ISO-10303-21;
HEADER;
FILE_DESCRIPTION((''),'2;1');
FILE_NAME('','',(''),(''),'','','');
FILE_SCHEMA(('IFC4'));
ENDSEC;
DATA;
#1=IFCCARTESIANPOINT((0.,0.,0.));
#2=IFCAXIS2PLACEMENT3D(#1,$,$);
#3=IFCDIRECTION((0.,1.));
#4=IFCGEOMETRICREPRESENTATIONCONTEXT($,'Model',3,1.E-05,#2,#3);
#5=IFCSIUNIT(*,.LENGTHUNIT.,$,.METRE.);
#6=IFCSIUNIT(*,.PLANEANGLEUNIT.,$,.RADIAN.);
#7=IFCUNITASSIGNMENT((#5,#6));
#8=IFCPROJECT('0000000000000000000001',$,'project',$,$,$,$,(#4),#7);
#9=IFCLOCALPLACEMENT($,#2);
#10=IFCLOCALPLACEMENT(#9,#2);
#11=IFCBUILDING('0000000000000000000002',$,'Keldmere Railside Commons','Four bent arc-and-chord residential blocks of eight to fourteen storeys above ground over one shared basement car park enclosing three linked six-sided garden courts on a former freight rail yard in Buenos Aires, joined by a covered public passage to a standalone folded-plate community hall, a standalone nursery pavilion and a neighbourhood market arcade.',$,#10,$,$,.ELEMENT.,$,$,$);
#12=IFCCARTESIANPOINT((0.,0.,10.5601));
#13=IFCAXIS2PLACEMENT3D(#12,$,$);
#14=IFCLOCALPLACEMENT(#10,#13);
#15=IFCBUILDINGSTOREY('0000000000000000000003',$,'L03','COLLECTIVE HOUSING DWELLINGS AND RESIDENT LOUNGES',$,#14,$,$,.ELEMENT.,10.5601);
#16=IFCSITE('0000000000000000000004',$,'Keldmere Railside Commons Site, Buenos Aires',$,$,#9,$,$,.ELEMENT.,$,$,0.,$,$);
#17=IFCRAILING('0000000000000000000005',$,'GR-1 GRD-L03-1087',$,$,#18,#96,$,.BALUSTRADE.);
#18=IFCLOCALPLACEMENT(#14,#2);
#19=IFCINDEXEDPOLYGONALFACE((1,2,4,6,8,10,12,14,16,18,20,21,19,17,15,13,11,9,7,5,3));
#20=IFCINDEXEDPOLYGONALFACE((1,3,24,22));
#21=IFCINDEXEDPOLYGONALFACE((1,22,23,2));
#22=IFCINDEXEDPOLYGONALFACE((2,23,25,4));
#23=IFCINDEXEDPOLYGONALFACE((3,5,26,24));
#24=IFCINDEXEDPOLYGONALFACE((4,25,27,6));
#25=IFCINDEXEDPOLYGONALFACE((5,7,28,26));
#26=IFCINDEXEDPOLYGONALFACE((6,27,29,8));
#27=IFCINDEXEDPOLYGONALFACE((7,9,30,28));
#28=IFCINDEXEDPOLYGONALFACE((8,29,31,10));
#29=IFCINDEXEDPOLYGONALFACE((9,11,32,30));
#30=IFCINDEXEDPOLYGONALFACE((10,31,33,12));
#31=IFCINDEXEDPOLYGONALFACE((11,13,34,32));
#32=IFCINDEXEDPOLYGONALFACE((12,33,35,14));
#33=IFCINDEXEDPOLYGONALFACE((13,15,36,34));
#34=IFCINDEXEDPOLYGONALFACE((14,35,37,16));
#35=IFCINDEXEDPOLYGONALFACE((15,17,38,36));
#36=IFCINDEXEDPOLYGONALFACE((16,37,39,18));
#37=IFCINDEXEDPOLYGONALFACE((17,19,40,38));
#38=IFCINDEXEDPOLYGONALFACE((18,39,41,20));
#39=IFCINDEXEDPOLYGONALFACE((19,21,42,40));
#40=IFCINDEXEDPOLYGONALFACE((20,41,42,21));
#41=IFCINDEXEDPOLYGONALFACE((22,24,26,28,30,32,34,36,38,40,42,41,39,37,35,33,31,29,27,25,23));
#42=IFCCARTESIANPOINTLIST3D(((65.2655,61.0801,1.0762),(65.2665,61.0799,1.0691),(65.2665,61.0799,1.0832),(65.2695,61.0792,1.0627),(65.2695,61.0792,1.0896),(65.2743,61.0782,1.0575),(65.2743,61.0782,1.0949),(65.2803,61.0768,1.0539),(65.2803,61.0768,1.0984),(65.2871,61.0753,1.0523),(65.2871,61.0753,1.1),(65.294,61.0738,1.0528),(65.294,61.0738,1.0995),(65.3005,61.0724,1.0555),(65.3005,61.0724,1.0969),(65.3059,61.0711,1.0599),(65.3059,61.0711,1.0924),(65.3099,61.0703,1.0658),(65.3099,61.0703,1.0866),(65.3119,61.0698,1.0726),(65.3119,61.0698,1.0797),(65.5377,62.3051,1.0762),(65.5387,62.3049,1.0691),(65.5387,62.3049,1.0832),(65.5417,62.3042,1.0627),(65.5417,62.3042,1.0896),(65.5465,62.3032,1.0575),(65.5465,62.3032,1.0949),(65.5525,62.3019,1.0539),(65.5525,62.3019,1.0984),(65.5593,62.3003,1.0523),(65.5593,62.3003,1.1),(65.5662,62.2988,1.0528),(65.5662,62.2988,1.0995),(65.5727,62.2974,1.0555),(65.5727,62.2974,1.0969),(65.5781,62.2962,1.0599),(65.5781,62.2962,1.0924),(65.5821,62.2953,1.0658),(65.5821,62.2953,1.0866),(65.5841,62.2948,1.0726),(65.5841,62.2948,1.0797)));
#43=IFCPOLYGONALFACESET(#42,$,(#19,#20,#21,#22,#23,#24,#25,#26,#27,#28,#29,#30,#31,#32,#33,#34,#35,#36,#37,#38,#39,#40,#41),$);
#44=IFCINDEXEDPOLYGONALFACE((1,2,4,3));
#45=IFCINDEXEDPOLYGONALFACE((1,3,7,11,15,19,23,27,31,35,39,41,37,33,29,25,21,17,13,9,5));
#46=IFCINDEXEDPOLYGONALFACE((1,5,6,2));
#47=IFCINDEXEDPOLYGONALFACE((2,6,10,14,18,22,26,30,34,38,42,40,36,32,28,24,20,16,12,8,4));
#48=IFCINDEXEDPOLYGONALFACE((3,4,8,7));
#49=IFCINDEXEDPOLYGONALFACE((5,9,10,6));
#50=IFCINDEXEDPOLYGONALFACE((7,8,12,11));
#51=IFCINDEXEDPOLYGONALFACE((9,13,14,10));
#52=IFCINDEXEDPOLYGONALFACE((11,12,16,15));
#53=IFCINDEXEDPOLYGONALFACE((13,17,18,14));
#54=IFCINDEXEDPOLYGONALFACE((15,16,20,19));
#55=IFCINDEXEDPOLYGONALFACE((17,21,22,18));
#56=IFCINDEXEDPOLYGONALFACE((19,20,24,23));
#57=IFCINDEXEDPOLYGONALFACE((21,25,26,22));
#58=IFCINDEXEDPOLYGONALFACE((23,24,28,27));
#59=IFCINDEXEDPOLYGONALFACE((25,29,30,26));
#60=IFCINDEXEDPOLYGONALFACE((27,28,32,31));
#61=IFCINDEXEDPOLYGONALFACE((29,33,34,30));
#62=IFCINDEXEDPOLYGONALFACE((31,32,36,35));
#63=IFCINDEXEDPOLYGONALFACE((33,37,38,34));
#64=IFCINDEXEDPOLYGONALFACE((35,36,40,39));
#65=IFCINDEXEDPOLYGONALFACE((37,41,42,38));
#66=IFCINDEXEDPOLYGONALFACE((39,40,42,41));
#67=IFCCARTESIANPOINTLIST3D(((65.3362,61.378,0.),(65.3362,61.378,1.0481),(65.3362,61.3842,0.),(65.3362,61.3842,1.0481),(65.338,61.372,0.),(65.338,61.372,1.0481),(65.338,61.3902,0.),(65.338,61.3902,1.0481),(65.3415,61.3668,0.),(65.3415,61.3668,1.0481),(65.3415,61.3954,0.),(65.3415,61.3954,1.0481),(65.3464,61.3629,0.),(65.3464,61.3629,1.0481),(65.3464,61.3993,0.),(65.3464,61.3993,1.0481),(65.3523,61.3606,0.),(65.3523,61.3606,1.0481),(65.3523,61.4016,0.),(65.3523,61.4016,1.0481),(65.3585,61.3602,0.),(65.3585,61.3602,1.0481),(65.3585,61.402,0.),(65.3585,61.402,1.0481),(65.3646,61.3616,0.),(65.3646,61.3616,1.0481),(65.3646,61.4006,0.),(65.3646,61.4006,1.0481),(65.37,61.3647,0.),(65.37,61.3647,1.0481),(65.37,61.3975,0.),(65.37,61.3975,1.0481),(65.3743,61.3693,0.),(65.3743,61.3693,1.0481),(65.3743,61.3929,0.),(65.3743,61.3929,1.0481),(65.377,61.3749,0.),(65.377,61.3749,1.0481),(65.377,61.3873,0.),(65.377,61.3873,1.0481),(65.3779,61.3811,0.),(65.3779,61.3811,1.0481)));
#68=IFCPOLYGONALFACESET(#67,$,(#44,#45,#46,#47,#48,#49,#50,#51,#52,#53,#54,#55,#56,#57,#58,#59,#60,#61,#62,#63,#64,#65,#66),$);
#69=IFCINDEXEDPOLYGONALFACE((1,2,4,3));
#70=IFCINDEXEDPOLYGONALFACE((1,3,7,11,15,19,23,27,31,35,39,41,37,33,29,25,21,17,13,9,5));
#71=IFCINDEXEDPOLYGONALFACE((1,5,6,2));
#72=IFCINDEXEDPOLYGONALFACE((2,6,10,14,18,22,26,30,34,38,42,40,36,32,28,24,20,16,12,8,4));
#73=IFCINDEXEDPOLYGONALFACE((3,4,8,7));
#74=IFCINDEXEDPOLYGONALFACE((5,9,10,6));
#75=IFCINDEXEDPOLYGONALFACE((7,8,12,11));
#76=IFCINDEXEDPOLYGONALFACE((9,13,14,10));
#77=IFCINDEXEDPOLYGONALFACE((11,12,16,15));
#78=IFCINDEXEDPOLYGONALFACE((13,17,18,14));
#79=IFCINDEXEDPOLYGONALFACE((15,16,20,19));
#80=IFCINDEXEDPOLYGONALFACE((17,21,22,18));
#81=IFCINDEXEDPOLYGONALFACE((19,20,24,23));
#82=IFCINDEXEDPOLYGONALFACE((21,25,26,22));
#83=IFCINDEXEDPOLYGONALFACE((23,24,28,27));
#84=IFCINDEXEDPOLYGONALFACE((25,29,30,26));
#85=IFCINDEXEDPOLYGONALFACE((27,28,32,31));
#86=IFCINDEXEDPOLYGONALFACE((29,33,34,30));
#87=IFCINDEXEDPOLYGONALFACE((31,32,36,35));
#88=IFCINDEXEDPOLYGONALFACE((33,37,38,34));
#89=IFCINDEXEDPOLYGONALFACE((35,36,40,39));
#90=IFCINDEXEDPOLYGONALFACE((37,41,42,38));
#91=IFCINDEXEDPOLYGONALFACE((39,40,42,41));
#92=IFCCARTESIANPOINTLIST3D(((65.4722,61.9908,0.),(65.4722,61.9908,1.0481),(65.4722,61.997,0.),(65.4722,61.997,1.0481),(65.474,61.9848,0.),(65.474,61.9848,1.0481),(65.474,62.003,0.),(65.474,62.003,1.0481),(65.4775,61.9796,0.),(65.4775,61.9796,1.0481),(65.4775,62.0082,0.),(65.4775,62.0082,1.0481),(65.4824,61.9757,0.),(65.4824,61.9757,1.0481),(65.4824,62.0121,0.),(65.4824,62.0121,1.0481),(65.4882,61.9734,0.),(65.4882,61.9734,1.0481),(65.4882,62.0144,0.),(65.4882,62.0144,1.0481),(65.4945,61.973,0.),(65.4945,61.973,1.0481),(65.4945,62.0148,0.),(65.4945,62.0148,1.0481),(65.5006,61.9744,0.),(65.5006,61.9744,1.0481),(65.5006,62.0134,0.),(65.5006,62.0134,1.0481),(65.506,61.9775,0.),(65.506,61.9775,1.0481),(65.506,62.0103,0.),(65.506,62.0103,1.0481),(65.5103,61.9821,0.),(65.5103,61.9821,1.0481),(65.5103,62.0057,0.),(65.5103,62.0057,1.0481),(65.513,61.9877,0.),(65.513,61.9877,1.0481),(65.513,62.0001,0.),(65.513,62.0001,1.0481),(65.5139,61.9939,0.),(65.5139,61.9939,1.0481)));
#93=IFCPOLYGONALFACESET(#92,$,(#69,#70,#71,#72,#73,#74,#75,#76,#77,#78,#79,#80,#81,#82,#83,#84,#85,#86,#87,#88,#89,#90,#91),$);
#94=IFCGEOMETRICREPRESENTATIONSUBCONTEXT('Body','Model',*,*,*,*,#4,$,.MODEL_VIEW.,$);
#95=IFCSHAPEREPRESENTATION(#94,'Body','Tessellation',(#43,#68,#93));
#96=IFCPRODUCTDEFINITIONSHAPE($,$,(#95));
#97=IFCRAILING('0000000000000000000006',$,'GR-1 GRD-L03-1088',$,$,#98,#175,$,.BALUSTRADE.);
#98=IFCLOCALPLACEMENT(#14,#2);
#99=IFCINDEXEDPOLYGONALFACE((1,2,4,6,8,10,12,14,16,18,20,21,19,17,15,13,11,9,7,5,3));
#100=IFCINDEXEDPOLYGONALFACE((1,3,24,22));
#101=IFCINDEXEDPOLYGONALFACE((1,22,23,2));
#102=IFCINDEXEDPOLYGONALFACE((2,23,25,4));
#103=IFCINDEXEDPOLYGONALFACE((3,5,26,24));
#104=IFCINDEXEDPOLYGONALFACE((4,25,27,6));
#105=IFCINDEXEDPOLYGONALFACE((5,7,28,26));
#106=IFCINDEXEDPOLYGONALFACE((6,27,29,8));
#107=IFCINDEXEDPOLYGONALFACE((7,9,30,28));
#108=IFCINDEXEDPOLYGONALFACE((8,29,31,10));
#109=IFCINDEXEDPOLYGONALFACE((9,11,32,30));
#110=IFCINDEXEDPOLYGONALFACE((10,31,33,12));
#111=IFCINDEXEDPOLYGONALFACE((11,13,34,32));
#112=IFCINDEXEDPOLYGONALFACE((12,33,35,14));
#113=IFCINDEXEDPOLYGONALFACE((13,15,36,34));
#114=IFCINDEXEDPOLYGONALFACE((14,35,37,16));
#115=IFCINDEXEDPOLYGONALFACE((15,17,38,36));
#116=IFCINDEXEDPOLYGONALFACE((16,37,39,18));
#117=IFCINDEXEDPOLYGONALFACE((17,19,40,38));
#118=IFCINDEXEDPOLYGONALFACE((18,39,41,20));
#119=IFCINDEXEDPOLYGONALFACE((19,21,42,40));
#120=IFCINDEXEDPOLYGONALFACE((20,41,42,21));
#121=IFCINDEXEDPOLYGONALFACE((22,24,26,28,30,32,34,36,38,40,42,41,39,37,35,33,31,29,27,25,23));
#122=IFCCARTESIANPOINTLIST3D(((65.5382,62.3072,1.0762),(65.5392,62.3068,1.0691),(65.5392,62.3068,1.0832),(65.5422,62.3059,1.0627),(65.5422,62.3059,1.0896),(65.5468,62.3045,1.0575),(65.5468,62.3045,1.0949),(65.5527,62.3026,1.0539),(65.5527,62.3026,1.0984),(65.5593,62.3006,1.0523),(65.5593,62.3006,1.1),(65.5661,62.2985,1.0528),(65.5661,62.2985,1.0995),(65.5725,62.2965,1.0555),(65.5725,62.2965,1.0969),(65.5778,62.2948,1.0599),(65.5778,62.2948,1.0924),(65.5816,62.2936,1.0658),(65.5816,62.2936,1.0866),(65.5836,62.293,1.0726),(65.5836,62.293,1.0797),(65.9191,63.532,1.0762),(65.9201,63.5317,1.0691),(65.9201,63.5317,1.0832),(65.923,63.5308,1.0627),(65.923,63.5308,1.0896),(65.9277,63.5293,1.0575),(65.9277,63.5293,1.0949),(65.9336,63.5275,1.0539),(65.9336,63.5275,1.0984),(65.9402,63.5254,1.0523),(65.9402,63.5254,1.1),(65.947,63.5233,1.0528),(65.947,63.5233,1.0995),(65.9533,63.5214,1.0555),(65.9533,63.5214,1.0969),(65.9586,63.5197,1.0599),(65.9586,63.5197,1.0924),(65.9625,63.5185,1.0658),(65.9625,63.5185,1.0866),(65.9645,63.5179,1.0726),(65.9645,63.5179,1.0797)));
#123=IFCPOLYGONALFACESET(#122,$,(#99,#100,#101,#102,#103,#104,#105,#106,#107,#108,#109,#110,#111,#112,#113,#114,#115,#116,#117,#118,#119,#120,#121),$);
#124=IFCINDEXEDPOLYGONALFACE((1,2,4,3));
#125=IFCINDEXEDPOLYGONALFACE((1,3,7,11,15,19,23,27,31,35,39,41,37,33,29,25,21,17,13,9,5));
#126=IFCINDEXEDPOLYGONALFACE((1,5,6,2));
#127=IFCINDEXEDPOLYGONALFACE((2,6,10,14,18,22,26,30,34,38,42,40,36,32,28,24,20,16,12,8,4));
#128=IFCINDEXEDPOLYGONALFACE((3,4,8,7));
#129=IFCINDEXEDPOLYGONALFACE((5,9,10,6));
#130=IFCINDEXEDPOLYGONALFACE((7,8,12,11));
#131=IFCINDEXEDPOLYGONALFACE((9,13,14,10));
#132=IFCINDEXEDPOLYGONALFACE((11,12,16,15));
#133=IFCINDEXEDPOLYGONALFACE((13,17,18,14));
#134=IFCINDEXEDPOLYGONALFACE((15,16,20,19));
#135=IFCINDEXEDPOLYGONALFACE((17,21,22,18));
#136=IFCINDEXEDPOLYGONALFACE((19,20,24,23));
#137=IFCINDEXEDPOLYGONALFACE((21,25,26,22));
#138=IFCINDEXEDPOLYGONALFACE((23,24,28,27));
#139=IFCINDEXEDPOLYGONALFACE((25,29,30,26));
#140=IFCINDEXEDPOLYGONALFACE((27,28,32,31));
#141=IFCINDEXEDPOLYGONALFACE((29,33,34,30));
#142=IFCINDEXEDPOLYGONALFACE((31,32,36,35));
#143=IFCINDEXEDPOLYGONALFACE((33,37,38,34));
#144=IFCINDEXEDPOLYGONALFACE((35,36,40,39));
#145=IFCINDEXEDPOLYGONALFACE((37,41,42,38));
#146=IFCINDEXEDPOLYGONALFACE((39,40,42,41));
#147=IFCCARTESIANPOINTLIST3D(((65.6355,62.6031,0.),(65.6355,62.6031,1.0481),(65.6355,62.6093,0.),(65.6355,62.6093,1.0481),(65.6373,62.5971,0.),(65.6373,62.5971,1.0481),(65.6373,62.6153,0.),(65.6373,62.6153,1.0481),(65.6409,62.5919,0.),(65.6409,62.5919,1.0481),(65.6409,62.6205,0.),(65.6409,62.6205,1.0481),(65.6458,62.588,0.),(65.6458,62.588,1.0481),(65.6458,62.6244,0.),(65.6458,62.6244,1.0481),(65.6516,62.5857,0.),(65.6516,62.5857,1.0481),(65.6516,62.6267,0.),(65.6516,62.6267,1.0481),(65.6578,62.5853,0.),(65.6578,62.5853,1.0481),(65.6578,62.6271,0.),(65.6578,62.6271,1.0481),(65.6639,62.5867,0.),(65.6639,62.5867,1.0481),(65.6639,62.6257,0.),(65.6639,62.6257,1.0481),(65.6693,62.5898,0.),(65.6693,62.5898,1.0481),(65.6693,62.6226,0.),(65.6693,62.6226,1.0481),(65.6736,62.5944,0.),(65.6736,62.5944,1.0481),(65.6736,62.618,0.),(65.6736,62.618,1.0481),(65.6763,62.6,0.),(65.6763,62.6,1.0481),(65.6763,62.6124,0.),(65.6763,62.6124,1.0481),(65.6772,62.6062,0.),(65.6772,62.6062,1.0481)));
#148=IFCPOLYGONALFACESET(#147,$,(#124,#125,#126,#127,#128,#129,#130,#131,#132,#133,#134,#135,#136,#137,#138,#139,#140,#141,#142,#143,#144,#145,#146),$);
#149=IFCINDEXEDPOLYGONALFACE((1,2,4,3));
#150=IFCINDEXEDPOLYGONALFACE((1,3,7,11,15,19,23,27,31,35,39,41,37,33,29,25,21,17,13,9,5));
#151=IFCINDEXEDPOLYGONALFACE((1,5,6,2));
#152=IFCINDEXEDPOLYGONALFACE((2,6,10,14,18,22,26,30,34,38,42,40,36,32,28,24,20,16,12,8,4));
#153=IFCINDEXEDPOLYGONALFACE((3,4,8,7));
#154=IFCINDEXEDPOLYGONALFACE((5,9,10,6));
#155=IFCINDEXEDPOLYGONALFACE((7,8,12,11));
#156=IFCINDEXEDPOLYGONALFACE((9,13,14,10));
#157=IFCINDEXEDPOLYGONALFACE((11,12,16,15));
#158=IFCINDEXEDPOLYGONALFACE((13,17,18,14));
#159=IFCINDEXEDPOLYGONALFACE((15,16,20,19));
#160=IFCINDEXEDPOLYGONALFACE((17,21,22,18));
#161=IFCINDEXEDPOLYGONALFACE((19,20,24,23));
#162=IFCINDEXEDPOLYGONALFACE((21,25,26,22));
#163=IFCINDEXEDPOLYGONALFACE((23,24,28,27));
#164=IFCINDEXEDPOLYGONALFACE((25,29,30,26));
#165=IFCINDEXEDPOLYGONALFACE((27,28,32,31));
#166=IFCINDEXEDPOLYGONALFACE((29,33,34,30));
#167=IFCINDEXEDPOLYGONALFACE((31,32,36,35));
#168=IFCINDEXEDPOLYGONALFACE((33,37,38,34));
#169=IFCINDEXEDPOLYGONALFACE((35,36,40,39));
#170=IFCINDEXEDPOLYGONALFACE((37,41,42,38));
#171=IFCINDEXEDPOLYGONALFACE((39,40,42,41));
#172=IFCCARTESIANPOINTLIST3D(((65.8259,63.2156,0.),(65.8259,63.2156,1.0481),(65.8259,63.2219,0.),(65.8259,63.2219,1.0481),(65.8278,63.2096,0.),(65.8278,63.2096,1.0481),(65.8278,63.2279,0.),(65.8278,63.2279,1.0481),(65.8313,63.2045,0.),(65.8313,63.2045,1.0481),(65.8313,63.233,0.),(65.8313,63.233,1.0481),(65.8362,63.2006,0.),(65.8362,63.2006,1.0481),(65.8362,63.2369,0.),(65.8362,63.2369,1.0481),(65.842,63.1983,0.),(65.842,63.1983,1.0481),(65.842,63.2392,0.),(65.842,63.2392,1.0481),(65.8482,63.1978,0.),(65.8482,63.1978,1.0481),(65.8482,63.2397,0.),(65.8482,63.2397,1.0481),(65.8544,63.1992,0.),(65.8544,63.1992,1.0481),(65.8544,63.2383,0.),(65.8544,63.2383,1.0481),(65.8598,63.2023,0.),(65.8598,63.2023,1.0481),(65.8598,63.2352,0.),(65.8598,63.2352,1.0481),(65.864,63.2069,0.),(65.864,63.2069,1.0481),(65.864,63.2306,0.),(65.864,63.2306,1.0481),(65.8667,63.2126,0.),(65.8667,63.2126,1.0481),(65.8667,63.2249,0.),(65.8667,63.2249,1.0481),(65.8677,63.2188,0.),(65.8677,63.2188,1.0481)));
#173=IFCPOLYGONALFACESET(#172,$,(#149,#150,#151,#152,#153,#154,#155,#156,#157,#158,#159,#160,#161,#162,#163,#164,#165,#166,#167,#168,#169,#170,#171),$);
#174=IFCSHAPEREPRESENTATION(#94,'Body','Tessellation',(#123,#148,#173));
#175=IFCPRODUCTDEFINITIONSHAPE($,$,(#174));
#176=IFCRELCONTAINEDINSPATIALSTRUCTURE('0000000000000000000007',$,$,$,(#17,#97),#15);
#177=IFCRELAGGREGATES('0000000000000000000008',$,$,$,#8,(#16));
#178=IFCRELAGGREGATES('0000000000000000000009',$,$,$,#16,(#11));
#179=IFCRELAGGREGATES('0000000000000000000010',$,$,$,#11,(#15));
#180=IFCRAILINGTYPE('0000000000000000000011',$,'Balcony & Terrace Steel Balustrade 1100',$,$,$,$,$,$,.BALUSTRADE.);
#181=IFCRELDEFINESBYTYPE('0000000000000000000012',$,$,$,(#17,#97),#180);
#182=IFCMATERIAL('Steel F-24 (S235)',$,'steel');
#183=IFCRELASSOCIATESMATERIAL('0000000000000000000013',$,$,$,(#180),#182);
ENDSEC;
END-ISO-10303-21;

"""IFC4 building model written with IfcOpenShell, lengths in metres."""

from ifc_helpers import new_model, si_unit, direction, frame, origin, origin_2d, place, context, subcontext, project, spatial, circle, extrude, material, type_object, element, save


model = new_model("IFC4")

# Units and contexts
model_context = context("Model", 3, precision=1e-05, world=origin(), true_north=direction((0.0, 1.0)))
body_context = subcontext(model_context, "Body", "Model", "MODEL_VIEW")
ifc_project = project(units=[si_unit("LENGTHUNIT", "METRE"), si_unit("PLANEANGLEUNIT", "RADIAN")], contexts=[model_context])

# Site, building, storey
site_placement = place(None, origin())
site = spatial("IfcSite", under=ifc_project, at=site_placement, Name="Keldmere Railside Commons Site, Buenos Aires", CompositionType="ELEMENT", RefElevation=0.0)
building_placement = place(site_placement, origin())
building = spatial("IfcBuilding", under=site, at=building_placement, Name="Keldmere Railside Commons", Description="Four bent arc-and-chord residential blocks of eight to fourteen storeys above ground over one shared basement car park enclosing three linked six-sided garden courts on a former freight rail yard in Buenos Aires, joined by a covered public passage to a standalone folded-plate community hall, a standalone nursery pavilion and a neighbourhood market arcade.", CompositionType="ELEMENT")
storey_placement = place(building_placement, frame((0.0, 0.0, 10.5601)))
storey = spatial("IfcBuildingStorey", under=building, at=storey_placement, Name="L03", Description="COLLECTIVE HOUSING DWELLINGS AND RESIDENT LOUNGES", CompositionType="ELEMENT", Elevation=10.5601)

# Railings
ifc_material_1 = material(Name="Steel F-24 (S235)", Category="steel")
railing_type = type_object("IfcRailingType", Name="Balcony & Terrace Steel Balustrade 1100", PredefinedType="BALUSTRADE", material=ifc_material_1)
railing_1_placement = place(storey_placement, frame((65.2888, 61.075, 0.0)))
element("IfcRailing", 1, at=railing_1_placement, inside=storey, type_object=railing_type, Name="GR-1 GRD-L03-1087", PredefinedType="BALUSTRADE", context=body_context, shape_type="SweptSolid", body=[
    extrude(circle(Radius=0.0239, at=origin_2d()), frame((0.0, 0.0, 1.0762), z_axis=(0.21691, 0.976192, 0.0), x_axis=(-0.976192, 0.21691, 0.0)), (0.0, 0.0, 1.0), 1.2549),
    extrude(circle(Radius=0.021, at=origin_2d()), frame((0.0681, 0.3062, 0.0)), (0.0, 0.0, 1.0), 1.0481),
    extrude(circle(Radius=0.021, at=origin_2d()), frame((0.2041, 0.9189, 0.0)), (0.0, 0.0, 1.0), 1.0481),
])
railing_2_placement = place(storey_placement, frame((65.561, 62.3, 0.0)))
element("IfcRailing", 2, at=railing_2_placement, inside=storey, type_object=railing_type, Name="GR-1 GRD-L03-1088", PredefinedType="BALUSTRADE", context=body_context, shape_type="SweptSolid", body=[
    extrude(circle(Radius=0.0239, at=origin_2d()), frame((0.0, 0.0, 1.0762), z_axis=(0.29692, 0.954902, 0.0), x_axis=(-0.954902, 0.29692, 0.0)), (0.0, 0.0, 1.0), 1.2827),
    extrude(circle(Radius=0.021, at=origin_2d()), frame((0.0952, 0.3062, 0.0)), (0.0, 0.0, 1.0), 1.0481),
    extrude(circle(Radius=0.021, at=origin_2d()), frame((0.2856, 0.9187, 0.0)), (0.0, 0.0, 1.0), 1.0481),
])

save(model, "model.ifc")
